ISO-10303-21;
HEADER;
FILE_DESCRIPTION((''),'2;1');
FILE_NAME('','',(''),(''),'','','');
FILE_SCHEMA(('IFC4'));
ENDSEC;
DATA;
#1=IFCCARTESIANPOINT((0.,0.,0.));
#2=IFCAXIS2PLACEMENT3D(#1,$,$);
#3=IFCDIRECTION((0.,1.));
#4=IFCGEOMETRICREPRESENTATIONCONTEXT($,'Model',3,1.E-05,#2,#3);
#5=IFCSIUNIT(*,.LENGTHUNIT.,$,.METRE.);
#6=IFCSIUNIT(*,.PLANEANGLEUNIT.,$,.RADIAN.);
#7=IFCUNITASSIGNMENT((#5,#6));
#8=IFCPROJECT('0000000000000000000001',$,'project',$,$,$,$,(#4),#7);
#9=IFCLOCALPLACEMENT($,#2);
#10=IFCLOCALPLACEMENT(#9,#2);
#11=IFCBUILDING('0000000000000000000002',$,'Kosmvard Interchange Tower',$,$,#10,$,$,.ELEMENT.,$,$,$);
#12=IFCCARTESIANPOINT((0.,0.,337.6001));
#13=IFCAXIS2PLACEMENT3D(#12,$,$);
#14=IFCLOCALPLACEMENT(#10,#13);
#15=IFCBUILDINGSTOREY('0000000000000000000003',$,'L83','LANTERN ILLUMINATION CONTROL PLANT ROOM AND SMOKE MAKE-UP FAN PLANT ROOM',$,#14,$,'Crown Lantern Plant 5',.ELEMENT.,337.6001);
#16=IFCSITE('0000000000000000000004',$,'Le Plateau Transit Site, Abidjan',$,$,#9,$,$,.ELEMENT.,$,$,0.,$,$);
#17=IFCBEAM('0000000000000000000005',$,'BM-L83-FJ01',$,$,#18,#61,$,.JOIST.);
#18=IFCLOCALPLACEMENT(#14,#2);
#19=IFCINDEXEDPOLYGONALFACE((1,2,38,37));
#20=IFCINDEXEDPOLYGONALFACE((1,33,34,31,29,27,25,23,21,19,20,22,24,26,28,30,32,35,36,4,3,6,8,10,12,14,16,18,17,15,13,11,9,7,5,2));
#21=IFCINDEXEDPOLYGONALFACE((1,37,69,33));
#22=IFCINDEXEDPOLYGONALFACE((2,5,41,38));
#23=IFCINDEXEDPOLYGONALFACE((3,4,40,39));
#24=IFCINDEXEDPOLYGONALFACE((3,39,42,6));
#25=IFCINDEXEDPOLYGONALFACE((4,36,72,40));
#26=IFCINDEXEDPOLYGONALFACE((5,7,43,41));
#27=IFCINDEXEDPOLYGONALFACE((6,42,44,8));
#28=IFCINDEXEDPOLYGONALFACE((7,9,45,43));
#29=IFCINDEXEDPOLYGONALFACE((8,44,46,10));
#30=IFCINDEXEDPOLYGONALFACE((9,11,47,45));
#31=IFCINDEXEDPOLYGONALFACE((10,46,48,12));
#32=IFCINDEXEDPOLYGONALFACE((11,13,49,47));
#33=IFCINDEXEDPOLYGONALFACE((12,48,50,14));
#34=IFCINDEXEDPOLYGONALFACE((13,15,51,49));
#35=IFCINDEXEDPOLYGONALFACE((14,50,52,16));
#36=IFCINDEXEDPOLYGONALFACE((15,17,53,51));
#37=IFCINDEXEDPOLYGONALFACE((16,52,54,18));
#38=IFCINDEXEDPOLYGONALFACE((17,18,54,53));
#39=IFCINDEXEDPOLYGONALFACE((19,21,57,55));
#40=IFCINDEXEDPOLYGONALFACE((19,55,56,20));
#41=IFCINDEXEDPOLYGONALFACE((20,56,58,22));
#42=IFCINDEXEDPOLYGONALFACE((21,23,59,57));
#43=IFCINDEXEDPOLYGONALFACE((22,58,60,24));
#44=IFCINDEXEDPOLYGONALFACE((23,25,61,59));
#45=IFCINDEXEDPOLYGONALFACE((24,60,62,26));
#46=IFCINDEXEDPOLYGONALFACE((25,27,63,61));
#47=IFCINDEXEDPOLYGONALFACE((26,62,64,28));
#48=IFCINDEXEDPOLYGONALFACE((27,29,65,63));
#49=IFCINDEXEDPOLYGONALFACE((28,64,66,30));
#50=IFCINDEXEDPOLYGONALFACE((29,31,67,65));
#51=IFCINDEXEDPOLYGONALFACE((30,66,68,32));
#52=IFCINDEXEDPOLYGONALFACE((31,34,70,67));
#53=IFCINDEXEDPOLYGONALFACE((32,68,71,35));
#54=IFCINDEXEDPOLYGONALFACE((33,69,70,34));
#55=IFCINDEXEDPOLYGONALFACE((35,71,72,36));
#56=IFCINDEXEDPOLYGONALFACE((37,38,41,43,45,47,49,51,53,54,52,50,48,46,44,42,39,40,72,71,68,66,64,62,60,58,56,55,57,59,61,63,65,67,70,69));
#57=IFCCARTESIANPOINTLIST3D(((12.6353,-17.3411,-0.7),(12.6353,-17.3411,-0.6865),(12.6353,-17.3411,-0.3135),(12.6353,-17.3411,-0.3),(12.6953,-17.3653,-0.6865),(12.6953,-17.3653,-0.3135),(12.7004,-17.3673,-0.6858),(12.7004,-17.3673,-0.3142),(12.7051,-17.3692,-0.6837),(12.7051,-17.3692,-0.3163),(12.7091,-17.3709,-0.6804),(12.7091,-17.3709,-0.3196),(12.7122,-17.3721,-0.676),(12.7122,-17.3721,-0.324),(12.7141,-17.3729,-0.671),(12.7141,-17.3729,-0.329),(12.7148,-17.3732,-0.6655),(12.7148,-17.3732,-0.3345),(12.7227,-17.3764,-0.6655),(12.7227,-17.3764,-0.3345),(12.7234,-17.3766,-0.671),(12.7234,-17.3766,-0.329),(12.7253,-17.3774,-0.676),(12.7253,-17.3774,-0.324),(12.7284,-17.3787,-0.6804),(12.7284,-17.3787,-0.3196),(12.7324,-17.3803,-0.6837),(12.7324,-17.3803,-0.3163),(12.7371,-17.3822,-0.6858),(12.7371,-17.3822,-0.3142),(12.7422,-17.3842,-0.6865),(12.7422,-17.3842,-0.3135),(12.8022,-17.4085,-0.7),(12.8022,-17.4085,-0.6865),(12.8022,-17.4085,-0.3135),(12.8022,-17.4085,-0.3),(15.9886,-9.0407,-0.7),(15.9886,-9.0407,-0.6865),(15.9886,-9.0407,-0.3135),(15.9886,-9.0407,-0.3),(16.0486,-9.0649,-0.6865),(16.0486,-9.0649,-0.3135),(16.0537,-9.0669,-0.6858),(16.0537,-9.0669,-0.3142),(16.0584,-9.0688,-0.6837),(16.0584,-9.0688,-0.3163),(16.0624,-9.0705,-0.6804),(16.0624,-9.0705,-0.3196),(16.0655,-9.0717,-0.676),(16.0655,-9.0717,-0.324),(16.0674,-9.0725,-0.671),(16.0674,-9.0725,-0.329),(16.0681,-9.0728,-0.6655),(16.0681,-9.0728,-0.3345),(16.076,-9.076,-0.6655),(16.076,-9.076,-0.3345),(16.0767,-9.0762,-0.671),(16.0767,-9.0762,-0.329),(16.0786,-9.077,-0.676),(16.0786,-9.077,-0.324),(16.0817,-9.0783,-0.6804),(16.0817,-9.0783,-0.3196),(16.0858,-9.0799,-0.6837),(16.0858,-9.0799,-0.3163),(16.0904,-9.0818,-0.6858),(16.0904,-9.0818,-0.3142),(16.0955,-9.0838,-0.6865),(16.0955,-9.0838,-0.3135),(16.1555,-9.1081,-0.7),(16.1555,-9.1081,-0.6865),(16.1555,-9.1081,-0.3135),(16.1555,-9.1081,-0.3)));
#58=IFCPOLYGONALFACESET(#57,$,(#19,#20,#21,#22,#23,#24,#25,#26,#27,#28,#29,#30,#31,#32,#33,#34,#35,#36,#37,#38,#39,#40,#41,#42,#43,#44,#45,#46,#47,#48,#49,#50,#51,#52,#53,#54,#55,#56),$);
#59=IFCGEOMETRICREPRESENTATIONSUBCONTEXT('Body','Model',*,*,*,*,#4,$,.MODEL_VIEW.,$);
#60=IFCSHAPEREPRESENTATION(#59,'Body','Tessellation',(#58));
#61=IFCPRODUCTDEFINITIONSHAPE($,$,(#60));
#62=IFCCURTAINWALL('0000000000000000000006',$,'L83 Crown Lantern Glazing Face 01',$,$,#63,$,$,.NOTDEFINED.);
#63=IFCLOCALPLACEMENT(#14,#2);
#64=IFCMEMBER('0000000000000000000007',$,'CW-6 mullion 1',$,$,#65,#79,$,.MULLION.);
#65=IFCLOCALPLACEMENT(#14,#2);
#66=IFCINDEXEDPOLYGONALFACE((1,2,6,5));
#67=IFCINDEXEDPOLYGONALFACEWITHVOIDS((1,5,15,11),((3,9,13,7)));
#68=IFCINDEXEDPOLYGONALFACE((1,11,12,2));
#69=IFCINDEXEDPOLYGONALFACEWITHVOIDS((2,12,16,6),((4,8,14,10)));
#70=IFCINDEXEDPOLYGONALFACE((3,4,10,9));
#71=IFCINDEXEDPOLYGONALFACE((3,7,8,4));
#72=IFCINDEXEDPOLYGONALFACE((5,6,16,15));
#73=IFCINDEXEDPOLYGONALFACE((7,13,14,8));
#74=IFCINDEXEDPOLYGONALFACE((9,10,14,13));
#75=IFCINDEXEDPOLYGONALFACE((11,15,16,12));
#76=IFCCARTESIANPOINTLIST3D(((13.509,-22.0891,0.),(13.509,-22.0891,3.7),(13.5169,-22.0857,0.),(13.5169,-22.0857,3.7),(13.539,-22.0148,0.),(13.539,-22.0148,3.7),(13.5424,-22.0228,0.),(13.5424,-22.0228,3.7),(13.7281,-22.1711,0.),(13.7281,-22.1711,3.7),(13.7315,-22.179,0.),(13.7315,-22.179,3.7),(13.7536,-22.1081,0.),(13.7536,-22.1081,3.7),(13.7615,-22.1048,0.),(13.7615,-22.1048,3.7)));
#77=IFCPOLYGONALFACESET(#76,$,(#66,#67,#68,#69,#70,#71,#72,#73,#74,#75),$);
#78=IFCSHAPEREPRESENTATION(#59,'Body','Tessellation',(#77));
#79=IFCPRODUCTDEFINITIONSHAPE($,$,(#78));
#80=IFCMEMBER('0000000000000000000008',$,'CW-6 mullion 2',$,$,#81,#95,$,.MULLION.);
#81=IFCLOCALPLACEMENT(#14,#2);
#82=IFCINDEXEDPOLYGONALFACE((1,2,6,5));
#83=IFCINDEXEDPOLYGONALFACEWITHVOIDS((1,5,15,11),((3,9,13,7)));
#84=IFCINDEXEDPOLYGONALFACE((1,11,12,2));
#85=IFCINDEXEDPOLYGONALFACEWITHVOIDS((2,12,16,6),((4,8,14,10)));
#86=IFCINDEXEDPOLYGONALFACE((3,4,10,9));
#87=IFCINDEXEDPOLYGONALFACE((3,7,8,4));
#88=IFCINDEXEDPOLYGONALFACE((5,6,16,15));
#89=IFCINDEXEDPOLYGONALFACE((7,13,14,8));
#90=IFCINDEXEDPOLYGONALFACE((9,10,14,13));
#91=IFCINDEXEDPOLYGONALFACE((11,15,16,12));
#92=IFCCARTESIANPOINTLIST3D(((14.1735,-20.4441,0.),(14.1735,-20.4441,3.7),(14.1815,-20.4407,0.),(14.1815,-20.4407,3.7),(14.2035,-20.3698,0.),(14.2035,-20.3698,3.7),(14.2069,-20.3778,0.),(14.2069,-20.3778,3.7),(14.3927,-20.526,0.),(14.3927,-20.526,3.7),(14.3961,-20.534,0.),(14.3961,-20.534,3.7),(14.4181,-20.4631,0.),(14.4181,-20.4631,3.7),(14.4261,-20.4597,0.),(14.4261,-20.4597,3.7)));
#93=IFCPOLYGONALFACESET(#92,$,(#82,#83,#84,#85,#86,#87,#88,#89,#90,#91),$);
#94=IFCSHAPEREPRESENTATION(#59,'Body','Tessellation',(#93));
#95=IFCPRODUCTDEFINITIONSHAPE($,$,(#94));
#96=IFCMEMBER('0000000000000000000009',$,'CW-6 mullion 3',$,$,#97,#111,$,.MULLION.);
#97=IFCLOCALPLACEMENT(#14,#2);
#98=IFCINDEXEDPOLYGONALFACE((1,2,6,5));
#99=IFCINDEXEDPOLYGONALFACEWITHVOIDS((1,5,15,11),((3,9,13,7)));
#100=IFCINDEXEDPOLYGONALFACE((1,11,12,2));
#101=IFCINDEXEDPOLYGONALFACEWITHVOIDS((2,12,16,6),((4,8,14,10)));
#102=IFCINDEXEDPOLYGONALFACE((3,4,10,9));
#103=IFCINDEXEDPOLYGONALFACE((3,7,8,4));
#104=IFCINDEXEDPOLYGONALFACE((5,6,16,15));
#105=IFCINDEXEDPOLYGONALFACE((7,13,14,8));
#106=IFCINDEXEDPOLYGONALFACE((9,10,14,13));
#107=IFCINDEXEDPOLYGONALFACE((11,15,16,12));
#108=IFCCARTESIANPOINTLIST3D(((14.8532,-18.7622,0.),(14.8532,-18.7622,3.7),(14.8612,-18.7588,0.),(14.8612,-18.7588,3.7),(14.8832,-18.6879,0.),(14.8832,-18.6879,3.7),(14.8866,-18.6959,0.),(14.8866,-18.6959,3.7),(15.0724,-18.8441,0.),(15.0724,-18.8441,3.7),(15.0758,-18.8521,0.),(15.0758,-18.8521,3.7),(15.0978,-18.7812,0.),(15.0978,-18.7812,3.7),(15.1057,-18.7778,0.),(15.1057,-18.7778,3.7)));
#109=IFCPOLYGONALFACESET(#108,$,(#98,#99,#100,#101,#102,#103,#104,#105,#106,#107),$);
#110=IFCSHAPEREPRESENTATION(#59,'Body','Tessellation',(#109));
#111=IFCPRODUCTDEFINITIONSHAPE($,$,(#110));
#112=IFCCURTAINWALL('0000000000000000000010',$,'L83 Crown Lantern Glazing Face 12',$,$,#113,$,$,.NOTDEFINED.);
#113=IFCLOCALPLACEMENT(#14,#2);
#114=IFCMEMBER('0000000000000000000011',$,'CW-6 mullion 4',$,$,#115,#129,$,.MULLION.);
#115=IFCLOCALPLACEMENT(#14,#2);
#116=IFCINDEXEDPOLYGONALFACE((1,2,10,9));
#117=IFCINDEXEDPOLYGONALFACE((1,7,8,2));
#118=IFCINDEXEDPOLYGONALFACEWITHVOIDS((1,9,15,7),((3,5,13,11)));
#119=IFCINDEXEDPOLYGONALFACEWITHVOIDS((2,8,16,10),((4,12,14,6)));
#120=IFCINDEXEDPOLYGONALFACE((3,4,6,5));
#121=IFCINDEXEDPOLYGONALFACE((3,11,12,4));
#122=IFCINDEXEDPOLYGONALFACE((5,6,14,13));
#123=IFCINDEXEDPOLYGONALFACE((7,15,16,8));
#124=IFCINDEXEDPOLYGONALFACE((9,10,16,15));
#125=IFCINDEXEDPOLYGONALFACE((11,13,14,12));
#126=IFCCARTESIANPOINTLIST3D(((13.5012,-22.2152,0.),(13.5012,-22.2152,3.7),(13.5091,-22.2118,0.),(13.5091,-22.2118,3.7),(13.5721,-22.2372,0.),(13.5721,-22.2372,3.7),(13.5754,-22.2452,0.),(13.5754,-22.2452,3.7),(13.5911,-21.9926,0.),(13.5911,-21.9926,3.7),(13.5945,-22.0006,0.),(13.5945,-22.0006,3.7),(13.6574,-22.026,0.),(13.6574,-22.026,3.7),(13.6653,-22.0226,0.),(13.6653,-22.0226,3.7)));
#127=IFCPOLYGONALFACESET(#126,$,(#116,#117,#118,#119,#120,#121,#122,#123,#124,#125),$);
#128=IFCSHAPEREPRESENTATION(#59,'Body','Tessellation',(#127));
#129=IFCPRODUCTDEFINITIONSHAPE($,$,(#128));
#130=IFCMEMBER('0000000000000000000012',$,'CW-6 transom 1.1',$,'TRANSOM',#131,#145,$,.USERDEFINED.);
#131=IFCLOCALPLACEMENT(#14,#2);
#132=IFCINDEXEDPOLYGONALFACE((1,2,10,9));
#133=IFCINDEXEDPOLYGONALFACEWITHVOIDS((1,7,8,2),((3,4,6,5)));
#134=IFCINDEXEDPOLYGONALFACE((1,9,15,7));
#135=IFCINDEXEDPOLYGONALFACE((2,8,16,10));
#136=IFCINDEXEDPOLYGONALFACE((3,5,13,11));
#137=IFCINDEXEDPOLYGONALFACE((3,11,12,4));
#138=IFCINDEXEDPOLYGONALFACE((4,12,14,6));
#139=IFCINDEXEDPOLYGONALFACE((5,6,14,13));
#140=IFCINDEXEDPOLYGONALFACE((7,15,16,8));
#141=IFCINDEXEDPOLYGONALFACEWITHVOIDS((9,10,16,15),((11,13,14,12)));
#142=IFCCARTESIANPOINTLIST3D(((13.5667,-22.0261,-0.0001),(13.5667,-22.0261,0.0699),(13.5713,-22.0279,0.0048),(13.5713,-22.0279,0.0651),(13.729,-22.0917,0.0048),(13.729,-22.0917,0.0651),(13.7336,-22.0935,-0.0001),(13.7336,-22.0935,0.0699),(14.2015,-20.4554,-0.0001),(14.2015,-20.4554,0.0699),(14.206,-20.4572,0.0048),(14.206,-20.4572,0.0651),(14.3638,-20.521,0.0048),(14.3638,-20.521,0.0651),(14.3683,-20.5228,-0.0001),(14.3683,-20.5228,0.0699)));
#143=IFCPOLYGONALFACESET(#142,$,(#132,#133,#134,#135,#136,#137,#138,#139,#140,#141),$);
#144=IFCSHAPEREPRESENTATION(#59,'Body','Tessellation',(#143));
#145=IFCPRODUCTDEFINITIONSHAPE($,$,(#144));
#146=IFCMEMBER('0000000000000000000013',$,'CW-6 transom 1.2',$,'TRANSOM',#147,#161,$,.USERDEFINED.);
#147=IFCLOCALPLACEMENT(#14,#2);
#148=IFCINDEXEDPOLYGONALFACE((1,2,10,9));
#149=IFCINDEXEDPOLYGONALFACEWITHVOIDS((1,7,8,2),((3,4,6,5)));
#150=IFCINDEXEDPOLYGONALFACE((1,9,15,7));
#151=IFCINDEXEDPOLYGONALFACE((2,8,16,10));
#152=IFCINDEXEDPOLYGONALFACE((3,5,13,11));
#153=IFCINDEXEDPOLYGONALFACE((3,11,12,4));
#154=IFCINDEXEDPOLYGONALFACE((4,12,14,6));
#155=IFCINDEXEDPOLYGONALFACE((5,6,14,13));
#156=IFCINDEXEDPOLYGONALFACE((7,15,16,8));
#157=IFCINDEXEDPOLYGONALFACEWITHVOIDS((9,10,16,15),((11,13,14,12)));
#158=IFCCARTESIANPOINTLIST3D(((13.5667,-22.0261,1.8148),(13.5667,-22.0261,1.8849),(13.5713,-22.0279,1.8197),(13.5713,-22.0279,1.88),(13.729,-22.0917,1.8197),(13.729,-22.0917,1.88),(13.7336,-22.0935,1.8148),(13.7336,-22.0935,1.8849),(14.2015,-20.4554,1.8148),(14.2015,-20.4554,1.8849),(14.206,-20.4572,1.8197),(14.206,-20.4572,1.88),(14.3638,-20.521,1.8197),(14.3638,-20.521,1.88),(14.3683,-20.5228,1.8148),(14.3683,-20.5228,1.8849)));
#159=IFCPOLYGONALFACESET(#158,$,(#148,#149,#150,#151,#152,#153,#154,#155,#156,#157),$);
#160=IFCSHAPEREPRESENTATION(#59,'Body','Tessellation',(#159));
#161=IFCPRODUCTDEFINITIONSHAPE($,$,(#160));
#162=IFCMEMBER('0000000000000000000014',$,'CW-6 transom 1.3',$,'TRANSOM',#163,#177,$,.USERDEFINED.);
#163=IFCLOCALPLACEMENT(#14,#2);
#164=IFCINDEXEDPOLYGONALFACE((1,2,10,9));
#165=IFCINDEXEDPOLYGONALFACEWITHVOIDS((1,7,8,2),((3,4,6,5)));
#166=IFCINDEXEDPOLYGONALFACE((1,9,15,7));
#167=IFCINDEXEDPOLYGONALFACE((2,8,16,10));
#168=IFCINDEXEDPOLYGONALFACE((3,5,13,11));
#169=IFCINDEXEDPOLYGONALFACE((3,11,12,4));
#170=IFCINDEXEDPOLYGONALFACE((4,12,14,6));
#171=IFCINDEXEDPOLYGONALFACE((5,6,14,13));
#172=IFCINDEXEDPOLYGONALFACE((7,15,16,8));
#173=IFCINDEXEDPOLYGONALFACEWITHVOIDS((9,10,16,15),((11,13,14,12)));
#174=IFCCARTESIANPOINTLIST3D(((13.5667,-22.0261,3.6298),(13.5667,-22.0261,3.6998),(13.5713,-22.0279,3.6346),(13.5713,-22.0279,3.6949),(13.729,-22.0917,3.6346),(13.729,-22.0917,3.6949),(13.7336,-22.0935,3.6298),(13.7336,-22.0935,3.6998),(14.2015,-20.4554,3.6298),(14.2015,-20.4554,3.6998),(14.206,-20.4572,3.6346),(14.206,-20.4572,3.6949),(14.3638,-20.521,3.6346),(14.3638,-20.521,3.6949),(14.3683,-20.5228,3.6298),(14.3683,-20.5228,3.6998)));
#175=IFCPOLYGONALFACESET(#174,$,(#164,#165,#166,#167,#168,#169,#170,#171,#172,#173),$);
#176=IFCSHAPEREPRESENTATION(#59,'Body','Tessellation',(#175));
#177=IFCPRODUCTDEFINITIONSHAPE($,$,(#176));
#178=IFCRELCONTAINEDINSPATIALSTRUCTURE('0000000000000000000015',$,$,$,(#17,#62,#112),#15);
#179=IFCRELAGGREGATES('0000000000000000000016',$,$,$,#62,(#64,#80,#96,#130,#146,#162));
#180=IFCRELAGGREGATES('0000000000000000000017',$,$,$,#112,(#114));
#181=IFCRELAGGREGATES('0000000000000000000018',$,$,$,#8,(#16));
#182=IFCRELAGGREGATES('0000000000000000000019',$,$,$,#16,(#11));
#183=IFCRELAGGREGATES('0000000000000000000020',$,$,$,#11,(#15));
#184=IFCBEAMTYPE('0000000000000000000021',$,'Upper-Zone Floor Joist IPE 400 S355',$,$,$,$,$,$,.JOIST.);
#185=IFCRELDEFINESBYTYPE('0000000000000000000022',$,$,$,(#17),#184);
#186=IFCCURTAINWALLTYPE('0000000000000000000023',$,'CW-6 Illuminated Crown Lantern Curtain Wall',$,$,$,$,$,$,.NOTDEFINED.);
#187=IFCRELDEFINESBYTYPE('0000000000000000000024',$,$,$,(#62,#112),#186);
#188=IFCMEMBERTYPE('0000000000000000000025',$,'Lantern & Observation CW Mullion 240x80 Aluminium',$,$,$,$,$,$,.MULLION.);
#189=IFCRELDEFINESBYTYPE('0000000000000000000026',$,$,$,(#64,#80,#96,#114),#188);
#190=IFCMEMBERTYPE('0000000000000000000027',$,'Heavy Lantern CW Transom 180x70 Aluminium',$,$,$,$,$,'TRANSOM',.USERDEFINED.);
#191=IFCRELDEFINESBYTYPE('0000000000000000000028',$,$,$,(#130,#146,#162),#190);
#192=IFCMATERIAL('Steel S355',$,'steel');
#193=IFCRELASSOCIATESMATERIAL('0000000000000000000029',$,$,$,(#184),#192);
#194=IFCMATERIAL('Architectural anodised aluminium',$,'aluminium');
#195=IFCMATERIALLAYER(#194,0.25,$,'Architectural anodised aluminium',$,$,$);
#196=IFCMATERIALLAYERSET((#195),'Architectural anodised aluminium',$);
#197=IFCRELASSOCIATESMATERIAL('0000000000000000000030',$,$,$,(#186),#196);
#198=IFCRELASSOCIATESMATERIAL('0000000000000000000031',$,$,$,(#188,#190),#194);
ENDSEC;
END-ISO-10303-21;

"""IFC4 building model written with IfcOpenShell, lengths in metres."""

from ifc_helpers import new_model, si_unit, direction, frame, origin, origin_2d, place, context, subcontext, project, spatial, hollow_rectangle, i_section, extrude, source, transform, mapped, material, layer, layer_set, material_profile, profile_set, type_object, element, aggregate, save


model = new_model("IFC4")

# Units and contexts
model_context = context("Model", 3, precision=1e-05, world=origin(), true_north=direction((0.0, 1.0)))
body_context = subcontext(model_context, "Body", "Model", "MODEL_VIEW")
ifc_project = project(units=[si_unit("LENGTHUNIT", "METRE"), si_unit("PLANEANGLEUNIT", "RADIAN")], contexts=[model_context])

# Site, building, storey
site_placement = place(None, origin())
site = spatial("IfcSite", under=ifc_project, at=site_placement, Name="Le Plateau Transit Site, Abidjan", CompositionType="ELEMENT", RefElevation=0.0)
building_placement = place(site_placement, origin())
building = spatial("IfcBuilding", under=site, at=building_placement, Name="Kosmvard Interchange Tower", CompositionType="ELEMENT")
storey_placement = place(building_placement, frame((0.0, 0.0, 337.6001)))
storey = spatial("IfcBuildingStorey", under=building, at=storey_placement, Name="L83", Description="LANTERN ILLUMINATION CONTROL PLANT ROOM AND SMOKE MAKE-UP FAN PLANT ROOM", LongName="Crown Lantern Plant 5", CompositionType="ELEMENT", Elevation=337.6001)

# Beam
ifc_material_1 = material(Name="Steel S355", Category="steel")
ifc_material_profile_1 = material_profile(ifc_material_1, i_section(OverallWidth=0.1799, OverallDepth=0.3999, WebThickness=0.0085, FlangeThickness=0.0134, FilletRadius=0.021, at=origin_2d()), Name="IPE 400")
ifc_profile_set_1 = profile_set([ifc_material_profile_1], Name="Steel S355")
beam_type = type_object("IfcBeamType", Name="Upper-Zone Floor Joist IPE 400 S355", PredefinedType="JOIST", material=ifc_profile_set_1)
shared_shape_1 = source(origin(), body_context, "Body", "SweptSolid", [
    extrude(i_section(OverallWidth=0.1799, OverallDepth=0.3999, WebThickness=0.0085, FlangeThickness=0.0134, FilletRadius=0.021, at=origin_2d()), origin(), (0.0, 0.0, 1.0), 8.9521),
])
beam_placement = place(storey_placement, frame((12.7188, -17.3748, -0.5), z_axis=(0.374581, 0.927194, 0.0), x_axis=(-0.927194, 0.374581, 0.0)))
element("IfcBeam", 1, at=beam_placement, inside=storey, type_object=beam_type, Name="BM-L83-FJ01", PredefinedType="JOIST", context=body_context, shape_type="MappedRepresentation", body=[
    mapped(shared_shape_1, transform((0.0, 0.0, 0.0), scale=1.0)),
])

# Curtain wall, members
ifc_material_2 = material(Name="Architectural anodised aluminium", Category="aluminium")
ifc_layer_1 = layer(ifc_material_2, 0.25, Name="Architectural anodised aluminium")
ifc_layer_set_1 = layer_set([ifc_layer_1], Name="Architectural anodised aluminium")
curtain_wall_type = type_object("IfcCurtainWallType", Name="CW-6 Illuminated Crown Lantern Curtain Wall", PredefinedType="NOTDEFINED", material=ifc_layer_set_1)
curtain_wall_1_placement = place(storey_placement, origin())
curtain_wall_1 = element("IfcCurtainWall", 2, at=curtain_wall_1_placement, inside=storey, type_object=curtain_wall_type, Name="L83 Crown Lantern Glazing Face 01", PredefinedType="NOTDEFINED")
ifc_material_profile_2 = material_profile(ifc_material_2, hollow_rectangle(XDim=0.24, YDim=0.0801, WallThickness=0.0061, at=origin_2d()), Name="CWM 240x80x6")
ifc_profile_set_2 = profile_set([ifc_material_profile_2], Name="Architectural anodised aluminium")
member_type_1 = type_object("IfcMemberType", Name="Lantern & Observation CW Mullion 240x80 Aluminium", PredefinedType="MULLION", material=ifc_profile_set_2)
shared_shape_2 = source(origin(), body_context, "Body", "SweptSolid", [
    extrude(hollow_rectangle(XDim=0.24, YDim=0.0801, WallThickness=0.0061, at=origin_2d()), origin(), (0.0, 0.0, 1.0), 3.7),
])
member_1_placement = place(storey_placement, frame((13.6353, -22.0969, 0.0), z_axis=(0.0, 0.0, 1.0), x_axis=(-0.927184, 0.374607, 0.0)))
member_1 = element("IfcMember", 3, at=member_1_placement, type_object=member_type_1, Name="CW-6 mullion 1", PredefinedType="MULLION", context=body_context, shape_type="MappedRepresentation", body=[
    mapped(shared_shape_2, transform((0.0, 0.0, 0.0), scale=1.0)),
])
member_2_placement = place(storey_placement, frame((14.2998, -20.4519, 0.0), z_axis=(0.0, 0.0, 1.0), x_axis=(-0.927184, 0.374607, 0.0)))
member_2 = element("IfcMember", 4, at=member_2_placement, type_object=member_type_1, Name="CW-6 mullion 2", PredefinedType="MULLION", context=body_context, shape_type="MappedRepresentation", body=[
    mapped(shared_shape_2, transform((0.0, 0.0, 0.0), scale=1.0)),
])
member_3_placement = place(storey_placement, frame((14.9795, -18.77, 0.0), z_axis=(0.0, 0.0, 1.0), x_axis=(-0.927184, 0.374607, 0.0)))
member_3 = element("IfcMember", 5, at=member_3_placement, type_object=member_type_1, Name="CW-6 mullion 3", PredefinedType="MULLION", context=body_context, shape_type="MappedRepresentation", body=[
    mapped(shared_shape_2, transform((0.0, 0.0, 0.0), scale=1.0)),
])

# Curtain wall, member
curtain_wall_2_placement = place(storey_placement, origin())
curtain_wall_2 = element("IfcCurtainWall", 6, at=curtain_wall_2_placement, inside=storey, type_object=curtain_wall_type, Name="L83 Crown Lantern Glazing Face 12", PredefinedType="NOTDEFINED")
member_4_placement = place(storey_placement, frame((13.5833, -22.1189, 0.0), z_axis=(0.0, 0.0, 1.0), x_axis=(0.374607, 0.927184, 0.0)))
member_4 = element("IfcMember", 7, at=member_4_placement, type_object=member_type_1, Name="CW-6 mullion 4", PredefinedType="MULLION", context=body_context, shape_type="MappedRepresentation", body=[
    mapped(shared_shape_2, transform((0.0, 0.0, 0.0), scale=1.0)),
])

# Members
ifc_material_profile_3 = material_profile(ifc_material_2, hollow_rectangle(XDim=0.1799, YDim=0.0701, WallThickness=0.0049, at=origin_2d()), Name="CWT 180x70x5")
ifc_profile_set_3 = profile_set([ifc_material_profile_3], Name="Architectural anodised aluminium")
member_type_2 = type_object("IfcMemberType", Name="Heavy Lantern CW Transom 180x70 Aluminium", ElementType="TRANSOM", PredefinedType="USERDEFINED", material=ifc_profile_set_3)
shared_shape_3 = source(origin(), body_context, "Body", "SweptSolid", [
    extrude(hollow_rectangle(XDim=0.1799, YDim=0.0701, WallThickness=0.0049, at=origin_2d()), origin(), (0.0, 0.0, 1.0), 1.6941),
])
member_5_placement = place(storey_placement, frame((13.6501, -22.0598, 0.0349), z_axis=(0.374668, 0.927159, 0.0), x_axis=(-0.927159, 0.374668, 0.0)))
member_5 = element("IfcMember", 8, at=member_5_placement, type_object=member_type_2, Name="CW-6 transom 1.1", ObjectType="TRANSOM", PredefinedType="USERDEFINED", context=body_context, shape_type="MappedRepresentation", body=[
    mapped(shared_shape_3, transform((0.0, 0.0, 0.0), scale=1.0)),
])
member_6_placement = place(storey_placement, frame((13.6501, -22.0598, 1.8499), z_axis=(0.374668, 0.927159, 0.0), x_axis=(-0.927159, 0.374668, 0.0)))
member_6 = element("IfcMember", 9, at=member_6_placement, type_object=member_type_2, Name="CW-6 transom 1.2", ObjectType="TRANSOM", PredefinedType="USERDEFINED", context=body_context, shape_type="MappedRepresentation", body=[
    mapped(shared_shape_3, transform((0.0, 0.0, 0.0), scale=1.0)),
])
member_7_placement = place(storey_placement, frame((13.6501, -22.0598, 3.6648), z_axis=(0.374668, 0.927159, 0.0), x_axis=(-0.927159, 0.374668, 0.0)))
member_7 = element("IfcMember", 10, at=member_7_placement, type_object=member_type_2, Name="CW-6 transom 1.3", ObjectType="TRANSOM", PredefinedType="USERDEFINED", context=body_context, shape_type="MappedRepresentation", body=[
    mapped(shared_shape_3, transform((0.0, 0.0, 0.0), scale=1.0)),
])

aggregate(curtain_wall_1, [member_1, member_2, member_3, member_5, member_6, member_7])
aggregate(curtain_wall_2, [member_4])

save(model, "model.ifc")
